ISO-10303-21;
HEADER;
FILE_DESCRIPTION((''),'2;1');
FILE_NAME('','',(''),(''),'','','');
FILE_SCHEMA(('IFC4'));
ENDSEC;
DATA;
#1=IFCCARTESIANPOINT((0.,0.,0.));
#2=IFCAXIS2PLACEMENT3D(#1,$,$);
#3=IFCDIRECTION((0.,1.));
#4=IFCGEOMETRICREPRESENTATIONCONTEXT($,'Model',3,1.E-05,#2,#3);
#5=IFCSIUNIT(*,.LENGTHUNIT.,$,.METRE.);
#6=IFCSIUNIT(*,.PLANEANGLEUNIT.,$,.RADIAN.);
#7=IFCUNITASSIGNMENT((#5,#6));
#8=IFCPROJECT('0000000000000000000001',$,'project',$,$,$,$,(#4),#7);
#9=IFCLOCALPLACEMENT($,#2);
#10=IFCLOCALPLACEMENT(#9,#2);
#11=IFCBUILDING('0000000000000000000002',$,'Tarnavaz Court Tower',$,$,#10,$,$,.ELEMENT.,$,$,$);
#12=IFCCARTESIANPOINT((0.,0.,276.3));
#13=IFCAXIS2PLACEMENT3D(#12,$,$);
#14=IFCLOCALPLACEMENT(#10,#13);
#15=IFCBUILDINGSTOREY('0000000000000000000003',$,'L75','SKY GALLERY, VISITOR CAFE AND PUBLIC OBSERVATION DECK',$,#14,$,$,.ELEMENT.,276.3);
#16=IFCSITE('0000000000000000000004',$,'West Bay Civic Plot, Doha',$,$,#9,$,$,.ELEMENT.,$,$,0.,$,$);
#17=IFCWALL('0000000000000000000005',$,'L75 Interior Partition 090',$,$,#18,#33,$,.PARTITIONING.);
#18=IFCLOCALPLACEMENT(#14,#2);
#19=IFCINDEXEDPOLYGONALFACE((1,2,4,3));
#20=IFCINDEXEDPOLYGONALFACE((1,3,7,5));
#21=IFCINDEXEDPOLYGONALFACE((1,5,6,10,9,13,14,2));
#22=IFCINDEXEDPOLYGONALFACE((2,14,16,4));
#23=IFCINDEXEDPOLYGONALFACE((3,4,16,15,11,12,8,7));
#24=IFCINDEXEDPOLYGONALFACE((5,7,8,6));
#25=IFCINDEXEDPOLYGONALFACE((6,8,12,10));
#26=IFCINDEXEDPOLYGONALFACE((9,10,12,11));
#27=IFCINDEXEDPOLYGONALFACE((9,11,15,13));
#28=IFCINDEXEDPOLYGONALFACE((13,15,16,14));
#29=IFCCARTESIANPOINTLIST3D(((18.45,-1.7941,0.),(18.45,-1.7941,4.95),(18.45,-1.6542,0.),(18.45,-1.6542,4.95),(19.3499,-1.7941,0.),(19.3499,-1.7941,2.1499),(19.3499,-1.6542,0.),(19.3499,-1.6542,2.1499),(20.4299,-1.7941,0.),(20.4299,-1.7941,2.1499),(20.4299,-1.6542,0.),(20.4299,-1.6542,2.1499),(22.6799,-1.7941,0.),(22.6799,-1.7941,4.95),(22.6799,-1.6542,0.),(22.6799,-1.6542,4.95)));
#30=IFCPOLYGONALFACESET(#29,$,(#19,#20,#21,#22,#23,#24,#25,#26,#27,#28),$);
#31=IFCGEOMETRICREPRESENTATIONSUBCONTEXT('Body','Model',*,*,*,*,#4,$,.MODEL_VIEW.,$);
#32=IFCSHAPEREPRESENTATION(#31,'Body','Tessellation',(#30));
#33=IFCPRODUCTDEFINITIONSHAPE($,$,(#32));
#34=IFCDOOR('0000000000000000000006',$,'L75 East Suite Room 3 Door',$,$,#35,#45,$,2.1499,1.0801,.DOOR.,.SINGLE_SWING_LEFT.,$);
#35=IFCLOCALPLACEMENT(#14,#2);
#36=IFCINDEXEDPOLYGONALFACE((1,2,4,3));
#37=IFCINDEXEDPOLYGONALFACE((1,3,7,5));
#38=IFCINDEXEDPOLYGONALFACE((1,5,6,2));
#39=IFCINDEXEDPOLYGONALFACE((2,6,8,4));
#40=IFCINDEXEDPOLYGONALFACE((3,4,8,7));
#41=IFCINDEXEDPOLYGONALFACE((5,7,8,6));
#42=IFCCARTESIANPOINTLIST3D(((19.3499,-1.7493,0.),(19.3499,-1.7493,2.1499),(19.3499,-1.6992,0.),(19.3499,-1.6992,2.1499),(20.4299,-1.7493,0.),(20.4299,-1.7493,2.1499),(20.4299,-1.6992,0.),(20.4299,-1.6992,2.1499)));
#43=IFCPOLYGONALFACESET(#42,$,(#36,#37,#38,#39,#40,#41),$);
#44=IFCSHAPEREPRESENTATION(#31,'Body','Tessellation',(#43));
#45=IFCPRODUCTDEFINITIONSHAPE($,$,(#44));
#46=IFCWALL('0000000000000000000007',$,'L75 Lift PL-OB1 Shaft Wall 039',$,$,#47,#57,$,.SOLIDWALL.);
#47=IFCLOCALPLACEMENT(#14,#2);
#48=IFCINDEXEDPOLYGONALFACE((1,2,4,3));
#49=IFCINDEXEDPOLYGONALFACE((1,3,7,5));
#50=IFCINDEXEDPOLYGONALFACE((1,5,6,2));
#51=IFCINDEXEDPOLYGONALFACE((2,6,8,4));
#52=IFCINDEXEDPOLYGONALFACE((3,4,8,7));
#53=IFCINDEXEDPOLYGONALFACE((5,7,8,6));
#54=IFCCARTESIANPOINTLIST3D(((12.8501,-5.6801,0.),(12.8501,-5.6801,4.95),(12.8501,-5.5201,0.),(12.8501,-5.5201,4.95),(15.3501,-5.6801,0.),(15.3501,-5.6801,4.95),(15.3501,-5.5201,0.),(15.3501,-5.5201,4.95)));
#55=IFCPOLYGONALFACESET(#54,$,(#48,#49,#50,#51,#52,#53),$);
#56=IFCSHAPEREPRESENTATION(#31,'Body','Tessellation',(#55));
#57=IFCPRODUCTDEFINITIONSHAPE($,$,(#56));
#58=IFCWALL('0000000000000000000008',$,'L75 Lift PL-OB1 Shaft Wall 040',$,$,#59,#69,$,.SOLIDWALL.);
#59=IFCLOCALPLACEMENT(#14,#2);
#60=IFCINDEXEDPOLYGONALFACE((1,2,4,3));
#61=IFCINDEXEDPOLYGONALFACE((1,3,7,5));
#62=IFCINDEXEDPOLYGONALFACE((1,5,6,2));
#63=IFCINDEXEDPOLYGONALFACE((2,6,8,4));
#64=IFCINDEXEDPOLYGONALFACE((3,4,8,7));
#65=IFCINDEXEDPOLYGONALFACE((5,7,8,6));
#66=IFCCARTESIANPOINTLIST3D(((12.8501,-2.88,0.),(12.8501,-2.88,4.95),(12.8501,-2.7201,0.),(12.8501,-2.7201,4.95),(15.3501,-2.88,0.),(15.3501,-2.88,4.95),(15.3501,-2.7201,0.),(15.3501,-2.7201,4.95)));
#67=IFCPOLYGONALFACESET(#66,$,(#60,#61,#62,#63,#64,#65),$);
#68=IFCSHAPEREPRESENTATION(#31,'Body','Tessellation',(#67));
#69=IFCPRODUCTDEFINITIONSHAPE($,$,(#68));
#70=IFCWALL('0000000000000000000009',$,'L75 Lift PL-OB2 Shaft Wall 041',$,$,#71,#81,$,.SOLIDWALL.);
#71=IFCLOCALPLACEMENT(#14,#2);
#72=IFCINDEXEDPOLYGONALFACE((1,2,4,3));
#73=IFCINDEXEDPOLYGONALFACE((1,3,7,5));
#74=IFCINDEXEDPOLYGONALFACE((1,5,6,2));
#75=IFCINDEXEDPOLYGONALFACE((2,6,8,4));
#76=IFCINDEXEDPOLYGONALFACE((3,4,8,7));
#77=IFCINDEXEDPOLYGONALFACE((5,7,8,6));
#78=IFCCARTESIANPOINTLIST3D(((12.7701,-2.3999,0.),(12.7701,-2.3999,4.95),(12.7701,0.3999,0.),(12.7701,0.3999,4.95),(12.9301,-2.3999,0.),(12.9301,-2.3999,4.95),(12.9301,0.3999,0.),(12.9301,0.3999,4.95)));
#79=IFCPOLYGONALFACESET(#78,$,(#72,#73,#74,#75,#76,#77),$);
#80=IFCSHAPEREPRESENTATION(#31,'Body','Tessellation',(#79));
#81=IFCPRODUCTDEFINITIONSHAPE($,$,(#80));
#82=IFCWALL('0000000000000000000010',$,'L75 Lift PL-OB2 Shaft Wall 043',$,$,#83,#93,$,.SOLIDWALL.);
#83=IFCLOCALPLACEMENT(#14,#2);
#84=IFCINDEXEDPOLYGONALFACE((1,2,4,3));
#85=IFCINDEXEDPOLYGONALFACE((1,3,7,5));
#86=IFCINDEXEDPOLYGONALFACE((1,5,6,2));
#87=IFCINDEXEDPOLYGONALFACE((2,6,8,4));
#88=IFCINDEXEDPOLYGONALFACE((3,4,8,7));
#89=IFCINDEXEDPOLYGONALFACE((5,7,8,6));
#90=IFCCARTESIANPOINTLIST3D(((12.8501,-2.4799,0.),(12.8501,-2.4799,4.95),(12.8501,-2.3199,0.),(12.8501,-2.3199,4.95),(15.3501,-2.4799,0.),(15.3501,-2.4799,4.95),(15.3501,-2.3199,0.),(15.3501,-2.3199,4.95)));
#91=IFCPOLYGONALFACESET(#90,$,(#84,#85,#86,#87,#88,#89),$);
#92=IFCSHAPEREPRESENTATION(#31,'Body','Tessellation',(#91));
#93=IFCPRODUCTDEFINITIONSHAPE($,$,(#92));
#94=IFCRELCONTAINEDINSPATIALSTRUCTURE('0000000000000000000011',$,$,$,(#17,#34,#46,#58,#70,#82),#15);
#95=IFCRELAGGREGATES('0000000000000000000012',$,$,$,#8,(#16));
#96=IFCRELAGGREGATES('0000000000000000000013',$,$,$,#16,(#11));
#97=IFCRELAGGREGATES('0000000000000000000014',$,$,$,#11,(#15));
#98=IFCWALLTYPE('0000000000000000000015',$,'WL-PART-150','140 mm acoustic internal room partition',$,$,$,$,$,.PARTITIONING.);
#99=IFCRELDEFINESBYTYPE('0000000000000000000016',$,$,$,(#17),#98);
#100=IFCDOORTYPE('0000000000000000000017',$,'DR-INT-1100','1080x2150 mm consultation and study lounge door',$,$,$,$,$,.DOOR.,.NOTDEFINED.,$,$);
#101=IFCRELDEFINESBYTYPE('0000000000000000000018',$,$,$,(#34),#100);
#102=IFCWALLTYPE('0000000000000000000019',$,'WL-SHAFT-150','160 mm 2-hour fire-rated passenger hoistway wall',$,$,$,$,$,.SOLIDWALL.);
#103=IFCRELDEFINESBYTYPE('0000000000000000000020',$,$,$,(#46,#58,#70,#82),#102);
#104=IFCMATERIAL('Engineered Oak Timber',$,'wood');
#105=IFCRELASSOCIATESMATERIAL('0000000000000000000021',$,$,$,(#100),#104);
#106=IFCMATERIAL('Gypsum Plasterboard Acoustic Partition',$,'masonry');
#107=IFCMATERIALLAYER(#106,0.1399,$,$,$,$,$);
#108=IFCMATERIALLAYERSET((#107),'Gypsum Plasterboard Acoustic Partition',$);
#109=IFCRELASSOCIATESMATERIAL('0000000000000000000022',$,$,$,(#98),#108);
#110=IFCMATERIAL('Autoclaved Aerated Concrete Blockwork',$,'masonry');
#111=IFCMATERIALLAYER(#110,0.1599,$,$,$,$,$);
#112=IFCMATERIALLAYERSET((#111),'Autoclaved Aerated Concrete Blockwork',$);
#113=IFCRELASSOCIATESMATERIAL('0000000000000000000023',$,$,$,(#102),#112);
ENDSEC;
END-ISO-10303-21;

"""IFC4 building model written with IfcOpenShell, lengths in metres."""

from ifc_helpers import new_model, si_unit, direction, frame, frame_2d, origin, place, context, subcontext, project, spatial, rectangle, extrude, material, layer, layer_set, type_object, element, fill, save


model = new_model("IFC4")

# Units and contexts
model_context = context("Model", 3, precision=1e-05, world=origin(), true_north=direction((0.0, 1.0)))
body_context = subcontext(model_context, "Body", "Model", "MODEL_VIEW")
ifc_project = project(units=[si_unit("LENGTHUNIT", "METRE"), si_unit("PLANEANGLEUNIT", "RADIAN")], contexts=[model_context])

# Site, building, storey
site_placement = place(None, origin())
site = spatial("IfcSite", under=ifc_project, at=site_placement, Name="West Bay Civic Plot, Doha", CompositionType="ELEMENT", RefElevation=0.0)
building_placement = place(site_placement, origin())
building = spatial("IfcBuilding", under=site, at=building_placement, Name="Tarnavaz Court Tower", CompositionType="ELEMENT")
storey_placement = place(building_placement, frame((0.0, 0.0, 276.3)))
storey = spatial("IfcBuildingStorey", under=building, at=storey_placement, Name="L75", Description="SKY GALLERY, VISITOR CAFE AND PUBLIC OBSERVATION DECK", CompositionType="ELEMENT", Elevation=276.3)

# Wall, opening, door
ifc_material_1 = material(Name="Engineered Oak Timber", Category="wood")
door_type_1 = type_object("IfcDoorType", Name="DR-INT-1100", Description="1080x2150 mm consultation and study lounge door", OperationType="NOTDEFINED", PredefinedType="DOOR", material=ifc_material_1)
ifc_material_2 = material(Name="Gypsum Plasterboard Acoustic Partition", Category="masonry")
ifc_layer_1 = layer(ifc_material_2, 0.1399)
ifc_layer_set_1 = layer_set([ifc_layer_1], Name="Gypsum Plasterboard Acoustic Partition")
wall_type_1 = type_object("IfcWallType", Name="WL-PART-150", Description="140 mm acoustic internal room partition", PredefinedType="PARTITIONING", material=ifc_layer_set_1)
wall_1_placement = place(storey_placement, frame((18.45, -1.7241, 0.0), z_axis=(0.0, 0.0, 1.0), x_axis=(1.0, 0.0, 0.0)))
wall_1 = element("IfcWall", 1, at=wall_1_placement, inside=storey, type_object=wall_type_1, Name="L75 Interior Partition 090", PredefinedType="PARTITIONING", context=body_context, shape_type="SweptSolid", body=[
    extrude(rectangle(XDim=4.23, YDim=0.1399, at=frame_2d((2.115, 0.0))), origin(), (0.0, 0.0, 1.0), 4.95),
])
opening_1_placement = place(wall_1_placement, frame((0.8999, 0.0, 0.0)))
opening_1 = element("IfcOpeningElement", 2, at=opening_1_placement, cuts=wall_1, PredefinedType="OPENING", context=body_context, shape_type="SweptSolid", body=[
    extrude(rectangle(XDim=1.0801, YDim=2.1499, at=frame_2d((0.54, 1.075))), frame((0.0, 0.0798, 0.0), z_axis=(0.0, -1.0, 0.0), x_axis=(1.0, 0.0, 0.0)), (0.0, 0.0, 1.0), 0.1599),
])
door_1_placement = place(opening_1_placement, origin())
door_1 = element("IfcDoor", 3, at=door_1_placement, inside=storey, type_object=door_type_1, Name="L75 East Suite Room 3 Door", OperationType="SINGLE_SWING_LEFT", OverallHeight=2.1499, OverallWidth=1.0801, PredefinedType="DOOR", context=body_context, shape_type="SweptSolid", body=[
    extrude(rectangle(XDim=1.0801, YDim=2.1499, at=frame_2d((0.54, 1.075))), frame((0.0, 0.0249, 0.0), z_axis=(0.0, -1.0, 0.0), x_axis=(1.0, 0.0, 0.0)), (0.0, 0.0, 1.0), 0.05),
])
fill(opening_1, door_1)
ifc_material_3 = material(Name="Autoclaved Aerated Concrete Blockwork", Category="masonry")
ifc_layer_2 = layer(ifc_material_3, 0.1599)
ifc_layer_set_2 = layer_set([ifc_layer_2], Name="Autoclaved Aerated Concrete Blockwork")
wall_type_2 = type_object("IfcWallType", Name="WL-SHAFT-150", Description="160 mm 2-hour fire-rated passenger hoistway wall", PredefinedType="SOLIDWALL", material=ifc_layer_set_2)

# Walls
for number, where, z_axis, x_axis, name in (
    (4, (12.8501, -5.6001, 0.0), (0.0, 0.0, 1.0), (1.0, 0.0, 0.0), "L75 Lift PL-OB1 Shaft Wall 039"),
    (5, (12.8501, -2.8, 0.0), (0.0, 0.0, 1.0), (1.0, 0.0, 0.0), "L75 Lift PL-OB1 Shaft Wall 040"),
):
    element("IfcWall", number, at=place(storey_placement, frame(where, z_axis=z_axis, x_axis=x_axis)), inside=storey, type_object=wall_type_2, Name=name, PredefinedType="SOLIDWALL", context=body_context, shape_type="SweptSolid", body=[
        extrude(rectangle(XDim=2.5, YDim=0.1599, at=frame_2d((1.25, 0.0))), origin(), (0.0, 0.0, 1.0), 4.95),
    ])
wall_2_placement = place(storey_placement, frame((12.8501, -2.3999, 0.0), z_axis=(0.0, 0.0, 1.0), x_axis=(0.0, 1.0, 0.0)))
element("IfcWall", 6, at=wall_2_placement, inside=storey, type_object=wall_type_2, Name="L75 Lift PL-OB2 Shaft Wall 041", PredefinedType="SOLIDWALL", context=body_context, shape_type="SweptSolid", body=[
    extrude(rectangle(XDim=2.7998, YDim=0.1599, at=frame_2d((1.3999, 0.0))), origin(), (0.0, 0.0, 1.0), 4.95),
])

# Wall
wall_3_placement = place(storey_placement, frame((12.8501, -2.3999, 0.0), z_axis=(0.0, 0.0, 1.0), x_axis=(1.0, 0.0, 0.0)))
element("IfcWall", 7, at=wall_3_placement, inside=storey, type_object=wall_type_2, Name="L75 Lift PL-OB2 Shaft Wall 043", PredefinedType="SOLIDWALL", context=body_context, shape_type="SweptSolid", body=[
    extrude(rectangle(XDim=2.5, YDim=0.1599, at=frame_2d((1.25, 0.0))), origin(), (0.0, 0.0, 1.0), 4.95),
])

save(model, "model.ifc")
